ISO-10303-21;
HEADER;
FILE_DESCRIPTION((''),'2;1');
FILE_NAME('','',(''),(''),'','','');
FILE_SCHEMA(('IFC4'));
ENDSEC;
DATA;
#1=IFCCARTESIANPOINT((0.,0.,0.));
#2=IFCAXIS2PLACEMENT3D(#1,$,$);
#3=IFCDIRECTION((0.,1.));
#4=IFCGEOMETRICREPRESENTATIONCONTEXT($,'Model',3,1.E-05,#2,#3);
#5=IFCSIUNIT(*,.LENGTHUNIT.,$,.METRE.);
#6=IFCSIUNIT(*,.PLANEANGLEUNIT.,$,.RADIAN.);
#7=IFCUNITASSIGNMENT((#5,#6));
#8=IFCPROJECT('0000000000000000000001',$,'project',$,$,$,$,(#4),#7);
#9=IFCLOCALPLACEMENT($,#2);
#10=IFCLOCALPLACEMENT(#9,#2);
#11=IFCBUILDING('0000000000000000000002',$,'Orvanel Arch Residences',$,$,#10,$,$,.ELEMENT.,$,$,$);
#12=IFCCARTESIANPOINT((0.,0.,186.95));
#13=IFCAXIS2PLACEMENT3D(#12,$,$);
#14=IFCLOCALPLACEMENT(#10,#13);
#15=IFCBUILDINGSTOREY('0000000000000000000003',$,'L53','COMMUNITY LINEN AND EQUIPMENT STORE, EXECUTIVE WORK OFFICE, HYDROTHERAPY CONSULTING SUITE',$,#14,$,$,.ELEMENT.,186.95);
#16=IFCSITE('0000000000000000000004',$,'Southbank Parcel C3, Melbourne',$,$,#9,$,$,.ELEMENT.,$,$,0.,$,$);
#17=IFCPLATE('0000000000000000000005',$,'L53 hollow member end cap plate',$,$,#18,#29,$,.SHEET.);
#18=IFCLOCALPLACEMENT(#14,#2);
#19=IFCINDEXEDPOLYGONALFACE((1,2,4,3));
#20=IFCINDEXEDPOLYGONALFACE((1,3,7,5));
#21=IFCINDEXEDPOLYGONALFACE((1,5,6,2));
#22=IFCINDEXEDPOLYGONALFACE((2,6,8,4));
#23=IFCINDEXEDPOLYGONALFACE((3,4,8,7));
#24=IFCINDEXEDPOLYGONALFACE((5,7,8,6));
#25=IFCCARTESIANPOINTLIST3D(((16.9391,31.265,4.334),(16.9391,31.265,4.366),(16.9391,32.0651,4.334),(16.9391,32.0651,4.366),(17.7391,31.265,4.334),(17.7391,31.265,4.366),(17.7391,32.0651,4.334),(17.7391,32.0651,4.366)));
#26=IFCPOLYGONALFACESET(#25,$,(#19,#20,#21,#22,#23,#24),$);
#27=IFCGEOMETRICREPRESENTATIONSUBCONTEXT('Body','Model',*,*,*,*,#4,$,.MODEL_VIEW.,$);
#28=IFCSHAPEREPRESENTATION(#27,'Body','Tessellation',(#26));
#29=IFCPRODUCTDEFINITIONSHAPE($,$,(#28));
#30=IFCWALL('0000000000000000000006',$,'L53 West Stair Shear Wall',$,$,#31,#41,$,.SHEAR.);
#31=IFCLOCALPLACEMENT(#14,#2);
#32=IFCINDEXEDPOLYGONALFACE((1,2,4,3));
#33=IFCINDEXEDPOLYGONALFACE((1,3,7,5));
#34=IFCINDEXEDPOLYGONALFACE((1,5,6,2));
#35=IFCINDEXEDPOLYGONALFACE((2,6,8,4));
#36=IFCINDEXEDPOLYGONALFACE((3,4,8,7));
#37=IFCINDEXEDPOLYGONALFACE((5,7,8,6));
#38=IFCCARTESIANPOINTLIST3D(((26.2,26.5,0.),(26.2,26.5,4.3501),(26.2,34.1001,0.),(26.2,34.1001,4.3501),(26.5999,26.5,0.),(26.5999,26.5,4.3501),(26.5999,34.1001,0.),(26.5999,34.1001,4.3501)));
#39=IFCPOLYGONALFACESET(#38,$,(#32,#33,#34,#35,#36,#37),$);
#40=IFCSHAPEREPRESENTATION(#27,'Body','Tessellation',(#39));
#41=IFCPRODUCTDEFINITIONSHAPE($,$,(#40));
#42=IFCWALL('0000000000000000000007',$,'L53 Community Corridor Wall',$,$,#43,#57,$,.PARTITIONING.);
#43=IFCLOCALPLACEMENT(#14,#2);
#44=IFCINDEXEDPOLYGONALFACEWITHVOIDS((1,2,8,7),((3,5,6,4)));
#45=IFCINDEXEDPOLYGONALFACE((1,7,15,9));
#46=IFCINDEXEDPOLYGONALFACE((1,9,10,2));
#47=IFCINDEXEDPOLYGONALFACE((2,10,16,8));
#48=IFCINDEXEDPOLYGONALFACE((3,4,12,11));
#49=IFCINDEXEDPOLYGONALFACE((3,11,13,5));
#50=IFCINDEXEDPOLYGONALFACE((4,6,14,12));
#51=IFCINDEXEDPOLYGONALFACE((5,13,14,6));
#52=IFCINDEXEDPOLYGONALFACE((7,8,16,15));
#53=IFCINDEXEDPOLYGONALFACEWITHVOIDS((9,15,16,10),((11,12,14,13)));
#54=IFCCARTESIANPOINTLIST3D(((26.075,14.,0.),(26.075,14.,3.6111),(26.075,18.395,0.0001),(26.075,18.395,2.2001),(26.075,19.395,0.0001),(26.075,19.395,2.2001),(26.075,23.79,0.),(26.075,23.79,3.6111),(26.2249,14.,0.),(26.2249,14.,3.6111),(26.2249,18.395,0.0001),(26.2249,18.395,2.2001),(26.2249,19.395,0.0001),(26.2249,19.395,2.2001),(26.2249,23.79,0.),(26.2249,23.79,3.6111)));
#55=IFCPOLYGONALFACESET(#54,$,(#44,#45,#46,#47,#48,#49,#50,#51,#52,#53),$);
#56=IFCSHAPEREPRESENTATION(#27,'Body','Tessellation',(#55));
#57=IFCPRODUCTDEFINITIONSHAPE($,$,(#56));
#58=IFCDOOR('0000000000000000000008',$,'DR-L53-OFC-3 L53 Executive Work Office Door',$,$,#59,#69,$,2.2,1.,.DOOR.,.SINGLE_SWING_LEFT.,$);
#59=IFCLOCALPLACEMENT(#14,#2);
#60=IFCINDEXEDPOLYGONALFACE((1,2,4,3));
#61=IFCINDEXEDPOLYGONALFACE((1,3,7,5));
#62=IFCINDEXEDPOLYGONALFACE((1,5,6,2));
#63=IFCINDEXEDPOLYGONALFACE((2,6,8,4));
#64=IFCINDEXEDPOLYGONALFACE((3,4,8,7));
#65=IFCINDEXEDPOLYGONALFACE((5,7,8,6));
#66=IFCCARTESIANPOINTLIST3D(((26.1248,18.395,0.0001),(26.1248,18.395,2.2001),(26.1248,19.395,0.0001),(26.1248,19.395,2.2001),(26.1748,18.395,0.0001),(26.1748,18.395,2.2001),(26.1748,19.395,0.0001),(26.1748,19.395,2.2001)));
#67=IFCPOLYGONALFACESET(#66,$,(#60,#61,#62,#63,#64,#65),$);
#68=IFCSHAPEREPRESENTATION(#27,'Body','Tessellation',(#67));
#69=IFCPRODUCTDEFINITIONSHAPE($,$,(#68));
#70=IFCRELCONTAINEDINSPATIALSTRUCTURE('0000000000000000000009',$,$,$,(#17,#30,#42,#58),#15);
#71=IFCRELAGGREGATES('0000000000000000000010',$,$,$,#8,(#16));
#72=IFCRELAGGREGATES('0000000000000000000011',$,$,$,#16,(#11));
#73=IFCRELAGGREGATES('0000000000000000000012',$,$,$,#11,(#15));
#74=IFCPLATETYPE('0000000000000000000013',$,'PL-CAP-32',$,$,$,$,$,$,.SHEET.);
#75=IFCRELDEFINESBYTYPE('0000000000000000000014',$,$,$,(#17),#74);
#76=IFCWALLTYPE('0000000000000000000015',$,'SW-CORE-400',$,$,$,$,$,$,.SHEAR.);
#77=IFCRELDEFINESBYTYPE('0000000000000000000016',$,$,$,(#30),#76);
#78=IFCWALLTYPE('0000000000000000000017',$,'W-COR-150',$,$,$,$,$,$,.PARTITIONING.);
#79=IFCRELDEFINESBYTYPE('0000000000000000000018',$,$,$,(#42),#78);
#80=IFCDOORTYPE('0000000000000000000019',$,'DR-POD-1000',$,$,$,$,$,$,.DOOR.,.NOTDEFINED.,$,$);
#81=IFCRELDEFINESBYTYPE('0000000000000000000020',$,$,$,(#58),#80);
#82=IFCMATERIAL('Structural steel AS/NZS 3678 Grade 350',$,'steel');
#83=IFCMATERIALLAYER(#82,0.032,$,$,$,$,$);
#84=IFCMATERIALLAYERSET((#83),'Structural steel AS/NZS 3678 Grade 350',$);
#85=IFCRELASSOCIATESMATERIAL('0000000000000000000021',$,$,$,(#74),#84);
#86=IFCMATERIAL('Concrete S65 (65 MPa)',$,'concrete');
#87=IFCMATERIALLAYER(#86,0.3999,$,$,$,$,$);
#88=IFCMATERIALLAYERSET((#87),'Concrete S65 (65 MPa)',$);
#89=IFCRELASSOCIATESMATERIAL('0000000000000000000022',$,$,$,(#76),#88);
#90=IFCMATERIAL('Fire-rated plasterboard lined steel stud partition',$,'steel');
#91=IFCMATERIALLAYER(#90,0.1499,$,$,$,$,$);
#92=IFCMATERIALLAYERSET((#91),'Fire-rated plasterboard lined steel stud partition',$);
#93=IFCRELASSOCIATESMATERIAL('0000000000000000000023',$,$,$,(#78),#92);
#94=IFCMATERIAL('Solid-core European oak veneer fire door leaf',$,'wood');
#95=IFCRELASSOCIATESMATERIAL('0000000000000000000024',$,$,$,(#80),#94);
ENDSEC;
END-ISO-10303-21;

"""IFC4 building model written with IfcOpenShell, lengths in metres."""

from ifc_helpers import new_model, si_unit, direction, frame, frame_2d, origin, origin_2d, place, context, subcontext, project, spatial, rectangle, extrude, material, layer, layer_set, type_object, element, fill, save


model = new_model("IFC4")

# Units and contexts
model_context = context("Model", 3, precision=1e-05, world=origin(), true_north=direction((0.0, 1.0)))
body_context = subcontext(model_context, "Body", "Model", "MODEL_VIEW")
ifc_project = project(units=[si_unit("LENGTHUNIT", "METRE"), si_unit("PLANEANGLEUNIT", "RADIAN")], contexts=[model_context])

# Site, building, storey
site_placement = place(None, origin())
site = spatial("IfcSite", under=ifc_project, at=site_placement, Name="Southbank Parcel C3, Melbourne", CompositionType="ELEMENT", RefElevation=0.0)
building_placement = place(site_placement, origin())
building = spatial("IfcBuilding", under=site, at=building_placement, Name="Orvanel Arch Residences", CompositionType="ELEMENT")
storey_placement = place(building_placement, frame((0.0, 0.0, 186.95)))
storey = spatial("IfcBuildingStorey", under=building, at=storey_placement, Name="L53", Description="COMMUNITY LINEN AND EQUIPMENT STORE, EXECUTIVE WORK OFFICE, HYDROTHERAPY CONSULTING SUITE", CompositionType="ELEMENT", Elevation=186.95)

# Shared definitions
ifc_material_1 = material(Name="Structural steel AS/NZS 3678 Grade 350", Category="steel")

# Plate
ifc_layer_1 = layer(ifc_material_1, 0.032)
ifc_layer_set_1 = layer_set([ifc_layer_1], Name="Structural steel AS/NZS 3678 Grade 350")
plate_type = type_object("IfcPlateType", Name="PL-CAP-32", PredefinedType="SHEET", material=ifc_layer_set_1)
plate_placement = place(storey_placement, frame((17.3391, 31.665, 4.334), z_axis=(0.0, 0.0, 1.0), x_axis=(1.0, 0.0, 0.0)))
element("IfcPlate", 1, at=plate_placement, inside=storey, type_object=plate_type, Name="L53 hollow member end cap plate", PredefinedType="SHEET", context=body_context, shape_type="SweptSolid", body=[
    extrude(rectangle(XDim=0.8, YDim=0.8, at=origin_2d()), origin(), (0.0, 0.0, 1.0), 0.032),
])

# Shared definitions
ifc_material_2 = material(Name="Concrete S65 (65 MPa)", Category="concrete")
ifc_layer_2 = layer(ifc_material_2, 0.3999)
ifc_layer_set_2 = layer_set([ifc_layer_2], Name="Concrete S65 (65 MPa)")
wall_type_1 = type_object("IfcWallType", Name="SW-CORE-400", PredefinedType="SHEAR", material=ifc_layer_set_2)

# Wall
wall_1_placement = place(storey_placement, frame((26.3999, 26.5, 0.0), z_axis=(0.0, 0.0, 1.0), x_axis=(0.0, 1.0, 0.0)))
element("IfcWall", 2, at=wall_1_placement, inside=storey, type_object=wall_type_1, Name="L53 West Stair Shear Wall", PredefinedType="SHEAR", context=body_context, shape_type="SweptSolid", body=[
    extrude(rectangle(XDim=7.6001, YDim=0.3999, at=frame_2d((3.8, 0.0))), origin(), (0.0, 0.0, 1.0), 4.3501),
])

# Wall, opening, door
ifc_material_3 = material(Name="Fire-rated plasterboard lined steel stud partition", Category="steel")
ifc_layer_3 = layer(ifc_material_3, 0.1499)
ifc_layer_set_3 = layer_set([ifc_layer_3], Name="Fire-rated plasterboard lined steel stud partition")
wall_type_2 = type_object("IfcWallType", Name="W-COR-150", PredefinedType="PARTITIONING", material=ifc_layer_set_3)
wall_2_placement = place(storey_placement, frame((26.1499, 23.79, 0.0), z_axis=(0.0, 0.0, 1.0), x_axis=(0.0, -1.0, 0.0)))
wall_2 = element("IfcWall", 3, at=wall_2_placement, inside=storey, type_object=wall_type_2, Name="L53 Community Corridor Wall", PredefinedType="PARTITIONING", context=body_context, shape_type="SweptSolid", body=[
    extrude(rectangle(XDim=9.79, YDim=0.1499, at=frame_2d((4.895, 0.0))), origin(), (0.0, 0.0, 1.0), 3.6111),
])
opening_1_placement = place(wall_2_placement, frame((4.395, 0.0, 0.0)))
opening_1 = element("IfcOpeningElement", 4, at=opening_1_placement, cuts=wall_2, PredefinedType="OPENING", context=body_context, shape_type="SweptSolid", body=[
    extrude(rectangle(XDim=1.0, YDim=2.2, at=frame_2d((0.5, 1.1001))), frame((0.0, 0.085, 0.0), z_axis=(0.0, -1.0, 0.0), x_axis=(1.0, 0.0, 0.0)), (0.0, 0.0, 1.0), 0.1699),
])
ifc_material_4 = material(Name="Solid-core European oak veneer fire door leaf", Category="wood")
door_type_1 = type_object("IfcDoorType", Name="DR-POD-1000", OperationType="NOTDEFINED", PredefinedType="DOOR", material=ifc_material_4)
door_1_placement = place(opening_1_placement, origin())
door_1 = element("IfcDoor", 5, at=door_1_placement, inside=storey, type_object=door_type_1, Name="DR-L53-OFC-3 L53 Executive Work Office Door", OperationType="SINGLE_SWING_LEFT", OverallHeight=2.2, OverallWidth=1.0, PredefinedType="DOOR", context=body_context, shape_type="SweptSolid", body=[
    extrude(rectangle(XDim=1.0, YDim=2.2, at=frame_2d((0.5, 1.1001))), frame((0.0, 0.0249, 0.0), z_axis=(0.0, -1.0, 0.0), x_axis=(1.0, 0.0, 0.0)), (0.0, 0.0, 1.0), 0.05),
])
fill(opening_1, door_1)

save(model, "model.ifc")
